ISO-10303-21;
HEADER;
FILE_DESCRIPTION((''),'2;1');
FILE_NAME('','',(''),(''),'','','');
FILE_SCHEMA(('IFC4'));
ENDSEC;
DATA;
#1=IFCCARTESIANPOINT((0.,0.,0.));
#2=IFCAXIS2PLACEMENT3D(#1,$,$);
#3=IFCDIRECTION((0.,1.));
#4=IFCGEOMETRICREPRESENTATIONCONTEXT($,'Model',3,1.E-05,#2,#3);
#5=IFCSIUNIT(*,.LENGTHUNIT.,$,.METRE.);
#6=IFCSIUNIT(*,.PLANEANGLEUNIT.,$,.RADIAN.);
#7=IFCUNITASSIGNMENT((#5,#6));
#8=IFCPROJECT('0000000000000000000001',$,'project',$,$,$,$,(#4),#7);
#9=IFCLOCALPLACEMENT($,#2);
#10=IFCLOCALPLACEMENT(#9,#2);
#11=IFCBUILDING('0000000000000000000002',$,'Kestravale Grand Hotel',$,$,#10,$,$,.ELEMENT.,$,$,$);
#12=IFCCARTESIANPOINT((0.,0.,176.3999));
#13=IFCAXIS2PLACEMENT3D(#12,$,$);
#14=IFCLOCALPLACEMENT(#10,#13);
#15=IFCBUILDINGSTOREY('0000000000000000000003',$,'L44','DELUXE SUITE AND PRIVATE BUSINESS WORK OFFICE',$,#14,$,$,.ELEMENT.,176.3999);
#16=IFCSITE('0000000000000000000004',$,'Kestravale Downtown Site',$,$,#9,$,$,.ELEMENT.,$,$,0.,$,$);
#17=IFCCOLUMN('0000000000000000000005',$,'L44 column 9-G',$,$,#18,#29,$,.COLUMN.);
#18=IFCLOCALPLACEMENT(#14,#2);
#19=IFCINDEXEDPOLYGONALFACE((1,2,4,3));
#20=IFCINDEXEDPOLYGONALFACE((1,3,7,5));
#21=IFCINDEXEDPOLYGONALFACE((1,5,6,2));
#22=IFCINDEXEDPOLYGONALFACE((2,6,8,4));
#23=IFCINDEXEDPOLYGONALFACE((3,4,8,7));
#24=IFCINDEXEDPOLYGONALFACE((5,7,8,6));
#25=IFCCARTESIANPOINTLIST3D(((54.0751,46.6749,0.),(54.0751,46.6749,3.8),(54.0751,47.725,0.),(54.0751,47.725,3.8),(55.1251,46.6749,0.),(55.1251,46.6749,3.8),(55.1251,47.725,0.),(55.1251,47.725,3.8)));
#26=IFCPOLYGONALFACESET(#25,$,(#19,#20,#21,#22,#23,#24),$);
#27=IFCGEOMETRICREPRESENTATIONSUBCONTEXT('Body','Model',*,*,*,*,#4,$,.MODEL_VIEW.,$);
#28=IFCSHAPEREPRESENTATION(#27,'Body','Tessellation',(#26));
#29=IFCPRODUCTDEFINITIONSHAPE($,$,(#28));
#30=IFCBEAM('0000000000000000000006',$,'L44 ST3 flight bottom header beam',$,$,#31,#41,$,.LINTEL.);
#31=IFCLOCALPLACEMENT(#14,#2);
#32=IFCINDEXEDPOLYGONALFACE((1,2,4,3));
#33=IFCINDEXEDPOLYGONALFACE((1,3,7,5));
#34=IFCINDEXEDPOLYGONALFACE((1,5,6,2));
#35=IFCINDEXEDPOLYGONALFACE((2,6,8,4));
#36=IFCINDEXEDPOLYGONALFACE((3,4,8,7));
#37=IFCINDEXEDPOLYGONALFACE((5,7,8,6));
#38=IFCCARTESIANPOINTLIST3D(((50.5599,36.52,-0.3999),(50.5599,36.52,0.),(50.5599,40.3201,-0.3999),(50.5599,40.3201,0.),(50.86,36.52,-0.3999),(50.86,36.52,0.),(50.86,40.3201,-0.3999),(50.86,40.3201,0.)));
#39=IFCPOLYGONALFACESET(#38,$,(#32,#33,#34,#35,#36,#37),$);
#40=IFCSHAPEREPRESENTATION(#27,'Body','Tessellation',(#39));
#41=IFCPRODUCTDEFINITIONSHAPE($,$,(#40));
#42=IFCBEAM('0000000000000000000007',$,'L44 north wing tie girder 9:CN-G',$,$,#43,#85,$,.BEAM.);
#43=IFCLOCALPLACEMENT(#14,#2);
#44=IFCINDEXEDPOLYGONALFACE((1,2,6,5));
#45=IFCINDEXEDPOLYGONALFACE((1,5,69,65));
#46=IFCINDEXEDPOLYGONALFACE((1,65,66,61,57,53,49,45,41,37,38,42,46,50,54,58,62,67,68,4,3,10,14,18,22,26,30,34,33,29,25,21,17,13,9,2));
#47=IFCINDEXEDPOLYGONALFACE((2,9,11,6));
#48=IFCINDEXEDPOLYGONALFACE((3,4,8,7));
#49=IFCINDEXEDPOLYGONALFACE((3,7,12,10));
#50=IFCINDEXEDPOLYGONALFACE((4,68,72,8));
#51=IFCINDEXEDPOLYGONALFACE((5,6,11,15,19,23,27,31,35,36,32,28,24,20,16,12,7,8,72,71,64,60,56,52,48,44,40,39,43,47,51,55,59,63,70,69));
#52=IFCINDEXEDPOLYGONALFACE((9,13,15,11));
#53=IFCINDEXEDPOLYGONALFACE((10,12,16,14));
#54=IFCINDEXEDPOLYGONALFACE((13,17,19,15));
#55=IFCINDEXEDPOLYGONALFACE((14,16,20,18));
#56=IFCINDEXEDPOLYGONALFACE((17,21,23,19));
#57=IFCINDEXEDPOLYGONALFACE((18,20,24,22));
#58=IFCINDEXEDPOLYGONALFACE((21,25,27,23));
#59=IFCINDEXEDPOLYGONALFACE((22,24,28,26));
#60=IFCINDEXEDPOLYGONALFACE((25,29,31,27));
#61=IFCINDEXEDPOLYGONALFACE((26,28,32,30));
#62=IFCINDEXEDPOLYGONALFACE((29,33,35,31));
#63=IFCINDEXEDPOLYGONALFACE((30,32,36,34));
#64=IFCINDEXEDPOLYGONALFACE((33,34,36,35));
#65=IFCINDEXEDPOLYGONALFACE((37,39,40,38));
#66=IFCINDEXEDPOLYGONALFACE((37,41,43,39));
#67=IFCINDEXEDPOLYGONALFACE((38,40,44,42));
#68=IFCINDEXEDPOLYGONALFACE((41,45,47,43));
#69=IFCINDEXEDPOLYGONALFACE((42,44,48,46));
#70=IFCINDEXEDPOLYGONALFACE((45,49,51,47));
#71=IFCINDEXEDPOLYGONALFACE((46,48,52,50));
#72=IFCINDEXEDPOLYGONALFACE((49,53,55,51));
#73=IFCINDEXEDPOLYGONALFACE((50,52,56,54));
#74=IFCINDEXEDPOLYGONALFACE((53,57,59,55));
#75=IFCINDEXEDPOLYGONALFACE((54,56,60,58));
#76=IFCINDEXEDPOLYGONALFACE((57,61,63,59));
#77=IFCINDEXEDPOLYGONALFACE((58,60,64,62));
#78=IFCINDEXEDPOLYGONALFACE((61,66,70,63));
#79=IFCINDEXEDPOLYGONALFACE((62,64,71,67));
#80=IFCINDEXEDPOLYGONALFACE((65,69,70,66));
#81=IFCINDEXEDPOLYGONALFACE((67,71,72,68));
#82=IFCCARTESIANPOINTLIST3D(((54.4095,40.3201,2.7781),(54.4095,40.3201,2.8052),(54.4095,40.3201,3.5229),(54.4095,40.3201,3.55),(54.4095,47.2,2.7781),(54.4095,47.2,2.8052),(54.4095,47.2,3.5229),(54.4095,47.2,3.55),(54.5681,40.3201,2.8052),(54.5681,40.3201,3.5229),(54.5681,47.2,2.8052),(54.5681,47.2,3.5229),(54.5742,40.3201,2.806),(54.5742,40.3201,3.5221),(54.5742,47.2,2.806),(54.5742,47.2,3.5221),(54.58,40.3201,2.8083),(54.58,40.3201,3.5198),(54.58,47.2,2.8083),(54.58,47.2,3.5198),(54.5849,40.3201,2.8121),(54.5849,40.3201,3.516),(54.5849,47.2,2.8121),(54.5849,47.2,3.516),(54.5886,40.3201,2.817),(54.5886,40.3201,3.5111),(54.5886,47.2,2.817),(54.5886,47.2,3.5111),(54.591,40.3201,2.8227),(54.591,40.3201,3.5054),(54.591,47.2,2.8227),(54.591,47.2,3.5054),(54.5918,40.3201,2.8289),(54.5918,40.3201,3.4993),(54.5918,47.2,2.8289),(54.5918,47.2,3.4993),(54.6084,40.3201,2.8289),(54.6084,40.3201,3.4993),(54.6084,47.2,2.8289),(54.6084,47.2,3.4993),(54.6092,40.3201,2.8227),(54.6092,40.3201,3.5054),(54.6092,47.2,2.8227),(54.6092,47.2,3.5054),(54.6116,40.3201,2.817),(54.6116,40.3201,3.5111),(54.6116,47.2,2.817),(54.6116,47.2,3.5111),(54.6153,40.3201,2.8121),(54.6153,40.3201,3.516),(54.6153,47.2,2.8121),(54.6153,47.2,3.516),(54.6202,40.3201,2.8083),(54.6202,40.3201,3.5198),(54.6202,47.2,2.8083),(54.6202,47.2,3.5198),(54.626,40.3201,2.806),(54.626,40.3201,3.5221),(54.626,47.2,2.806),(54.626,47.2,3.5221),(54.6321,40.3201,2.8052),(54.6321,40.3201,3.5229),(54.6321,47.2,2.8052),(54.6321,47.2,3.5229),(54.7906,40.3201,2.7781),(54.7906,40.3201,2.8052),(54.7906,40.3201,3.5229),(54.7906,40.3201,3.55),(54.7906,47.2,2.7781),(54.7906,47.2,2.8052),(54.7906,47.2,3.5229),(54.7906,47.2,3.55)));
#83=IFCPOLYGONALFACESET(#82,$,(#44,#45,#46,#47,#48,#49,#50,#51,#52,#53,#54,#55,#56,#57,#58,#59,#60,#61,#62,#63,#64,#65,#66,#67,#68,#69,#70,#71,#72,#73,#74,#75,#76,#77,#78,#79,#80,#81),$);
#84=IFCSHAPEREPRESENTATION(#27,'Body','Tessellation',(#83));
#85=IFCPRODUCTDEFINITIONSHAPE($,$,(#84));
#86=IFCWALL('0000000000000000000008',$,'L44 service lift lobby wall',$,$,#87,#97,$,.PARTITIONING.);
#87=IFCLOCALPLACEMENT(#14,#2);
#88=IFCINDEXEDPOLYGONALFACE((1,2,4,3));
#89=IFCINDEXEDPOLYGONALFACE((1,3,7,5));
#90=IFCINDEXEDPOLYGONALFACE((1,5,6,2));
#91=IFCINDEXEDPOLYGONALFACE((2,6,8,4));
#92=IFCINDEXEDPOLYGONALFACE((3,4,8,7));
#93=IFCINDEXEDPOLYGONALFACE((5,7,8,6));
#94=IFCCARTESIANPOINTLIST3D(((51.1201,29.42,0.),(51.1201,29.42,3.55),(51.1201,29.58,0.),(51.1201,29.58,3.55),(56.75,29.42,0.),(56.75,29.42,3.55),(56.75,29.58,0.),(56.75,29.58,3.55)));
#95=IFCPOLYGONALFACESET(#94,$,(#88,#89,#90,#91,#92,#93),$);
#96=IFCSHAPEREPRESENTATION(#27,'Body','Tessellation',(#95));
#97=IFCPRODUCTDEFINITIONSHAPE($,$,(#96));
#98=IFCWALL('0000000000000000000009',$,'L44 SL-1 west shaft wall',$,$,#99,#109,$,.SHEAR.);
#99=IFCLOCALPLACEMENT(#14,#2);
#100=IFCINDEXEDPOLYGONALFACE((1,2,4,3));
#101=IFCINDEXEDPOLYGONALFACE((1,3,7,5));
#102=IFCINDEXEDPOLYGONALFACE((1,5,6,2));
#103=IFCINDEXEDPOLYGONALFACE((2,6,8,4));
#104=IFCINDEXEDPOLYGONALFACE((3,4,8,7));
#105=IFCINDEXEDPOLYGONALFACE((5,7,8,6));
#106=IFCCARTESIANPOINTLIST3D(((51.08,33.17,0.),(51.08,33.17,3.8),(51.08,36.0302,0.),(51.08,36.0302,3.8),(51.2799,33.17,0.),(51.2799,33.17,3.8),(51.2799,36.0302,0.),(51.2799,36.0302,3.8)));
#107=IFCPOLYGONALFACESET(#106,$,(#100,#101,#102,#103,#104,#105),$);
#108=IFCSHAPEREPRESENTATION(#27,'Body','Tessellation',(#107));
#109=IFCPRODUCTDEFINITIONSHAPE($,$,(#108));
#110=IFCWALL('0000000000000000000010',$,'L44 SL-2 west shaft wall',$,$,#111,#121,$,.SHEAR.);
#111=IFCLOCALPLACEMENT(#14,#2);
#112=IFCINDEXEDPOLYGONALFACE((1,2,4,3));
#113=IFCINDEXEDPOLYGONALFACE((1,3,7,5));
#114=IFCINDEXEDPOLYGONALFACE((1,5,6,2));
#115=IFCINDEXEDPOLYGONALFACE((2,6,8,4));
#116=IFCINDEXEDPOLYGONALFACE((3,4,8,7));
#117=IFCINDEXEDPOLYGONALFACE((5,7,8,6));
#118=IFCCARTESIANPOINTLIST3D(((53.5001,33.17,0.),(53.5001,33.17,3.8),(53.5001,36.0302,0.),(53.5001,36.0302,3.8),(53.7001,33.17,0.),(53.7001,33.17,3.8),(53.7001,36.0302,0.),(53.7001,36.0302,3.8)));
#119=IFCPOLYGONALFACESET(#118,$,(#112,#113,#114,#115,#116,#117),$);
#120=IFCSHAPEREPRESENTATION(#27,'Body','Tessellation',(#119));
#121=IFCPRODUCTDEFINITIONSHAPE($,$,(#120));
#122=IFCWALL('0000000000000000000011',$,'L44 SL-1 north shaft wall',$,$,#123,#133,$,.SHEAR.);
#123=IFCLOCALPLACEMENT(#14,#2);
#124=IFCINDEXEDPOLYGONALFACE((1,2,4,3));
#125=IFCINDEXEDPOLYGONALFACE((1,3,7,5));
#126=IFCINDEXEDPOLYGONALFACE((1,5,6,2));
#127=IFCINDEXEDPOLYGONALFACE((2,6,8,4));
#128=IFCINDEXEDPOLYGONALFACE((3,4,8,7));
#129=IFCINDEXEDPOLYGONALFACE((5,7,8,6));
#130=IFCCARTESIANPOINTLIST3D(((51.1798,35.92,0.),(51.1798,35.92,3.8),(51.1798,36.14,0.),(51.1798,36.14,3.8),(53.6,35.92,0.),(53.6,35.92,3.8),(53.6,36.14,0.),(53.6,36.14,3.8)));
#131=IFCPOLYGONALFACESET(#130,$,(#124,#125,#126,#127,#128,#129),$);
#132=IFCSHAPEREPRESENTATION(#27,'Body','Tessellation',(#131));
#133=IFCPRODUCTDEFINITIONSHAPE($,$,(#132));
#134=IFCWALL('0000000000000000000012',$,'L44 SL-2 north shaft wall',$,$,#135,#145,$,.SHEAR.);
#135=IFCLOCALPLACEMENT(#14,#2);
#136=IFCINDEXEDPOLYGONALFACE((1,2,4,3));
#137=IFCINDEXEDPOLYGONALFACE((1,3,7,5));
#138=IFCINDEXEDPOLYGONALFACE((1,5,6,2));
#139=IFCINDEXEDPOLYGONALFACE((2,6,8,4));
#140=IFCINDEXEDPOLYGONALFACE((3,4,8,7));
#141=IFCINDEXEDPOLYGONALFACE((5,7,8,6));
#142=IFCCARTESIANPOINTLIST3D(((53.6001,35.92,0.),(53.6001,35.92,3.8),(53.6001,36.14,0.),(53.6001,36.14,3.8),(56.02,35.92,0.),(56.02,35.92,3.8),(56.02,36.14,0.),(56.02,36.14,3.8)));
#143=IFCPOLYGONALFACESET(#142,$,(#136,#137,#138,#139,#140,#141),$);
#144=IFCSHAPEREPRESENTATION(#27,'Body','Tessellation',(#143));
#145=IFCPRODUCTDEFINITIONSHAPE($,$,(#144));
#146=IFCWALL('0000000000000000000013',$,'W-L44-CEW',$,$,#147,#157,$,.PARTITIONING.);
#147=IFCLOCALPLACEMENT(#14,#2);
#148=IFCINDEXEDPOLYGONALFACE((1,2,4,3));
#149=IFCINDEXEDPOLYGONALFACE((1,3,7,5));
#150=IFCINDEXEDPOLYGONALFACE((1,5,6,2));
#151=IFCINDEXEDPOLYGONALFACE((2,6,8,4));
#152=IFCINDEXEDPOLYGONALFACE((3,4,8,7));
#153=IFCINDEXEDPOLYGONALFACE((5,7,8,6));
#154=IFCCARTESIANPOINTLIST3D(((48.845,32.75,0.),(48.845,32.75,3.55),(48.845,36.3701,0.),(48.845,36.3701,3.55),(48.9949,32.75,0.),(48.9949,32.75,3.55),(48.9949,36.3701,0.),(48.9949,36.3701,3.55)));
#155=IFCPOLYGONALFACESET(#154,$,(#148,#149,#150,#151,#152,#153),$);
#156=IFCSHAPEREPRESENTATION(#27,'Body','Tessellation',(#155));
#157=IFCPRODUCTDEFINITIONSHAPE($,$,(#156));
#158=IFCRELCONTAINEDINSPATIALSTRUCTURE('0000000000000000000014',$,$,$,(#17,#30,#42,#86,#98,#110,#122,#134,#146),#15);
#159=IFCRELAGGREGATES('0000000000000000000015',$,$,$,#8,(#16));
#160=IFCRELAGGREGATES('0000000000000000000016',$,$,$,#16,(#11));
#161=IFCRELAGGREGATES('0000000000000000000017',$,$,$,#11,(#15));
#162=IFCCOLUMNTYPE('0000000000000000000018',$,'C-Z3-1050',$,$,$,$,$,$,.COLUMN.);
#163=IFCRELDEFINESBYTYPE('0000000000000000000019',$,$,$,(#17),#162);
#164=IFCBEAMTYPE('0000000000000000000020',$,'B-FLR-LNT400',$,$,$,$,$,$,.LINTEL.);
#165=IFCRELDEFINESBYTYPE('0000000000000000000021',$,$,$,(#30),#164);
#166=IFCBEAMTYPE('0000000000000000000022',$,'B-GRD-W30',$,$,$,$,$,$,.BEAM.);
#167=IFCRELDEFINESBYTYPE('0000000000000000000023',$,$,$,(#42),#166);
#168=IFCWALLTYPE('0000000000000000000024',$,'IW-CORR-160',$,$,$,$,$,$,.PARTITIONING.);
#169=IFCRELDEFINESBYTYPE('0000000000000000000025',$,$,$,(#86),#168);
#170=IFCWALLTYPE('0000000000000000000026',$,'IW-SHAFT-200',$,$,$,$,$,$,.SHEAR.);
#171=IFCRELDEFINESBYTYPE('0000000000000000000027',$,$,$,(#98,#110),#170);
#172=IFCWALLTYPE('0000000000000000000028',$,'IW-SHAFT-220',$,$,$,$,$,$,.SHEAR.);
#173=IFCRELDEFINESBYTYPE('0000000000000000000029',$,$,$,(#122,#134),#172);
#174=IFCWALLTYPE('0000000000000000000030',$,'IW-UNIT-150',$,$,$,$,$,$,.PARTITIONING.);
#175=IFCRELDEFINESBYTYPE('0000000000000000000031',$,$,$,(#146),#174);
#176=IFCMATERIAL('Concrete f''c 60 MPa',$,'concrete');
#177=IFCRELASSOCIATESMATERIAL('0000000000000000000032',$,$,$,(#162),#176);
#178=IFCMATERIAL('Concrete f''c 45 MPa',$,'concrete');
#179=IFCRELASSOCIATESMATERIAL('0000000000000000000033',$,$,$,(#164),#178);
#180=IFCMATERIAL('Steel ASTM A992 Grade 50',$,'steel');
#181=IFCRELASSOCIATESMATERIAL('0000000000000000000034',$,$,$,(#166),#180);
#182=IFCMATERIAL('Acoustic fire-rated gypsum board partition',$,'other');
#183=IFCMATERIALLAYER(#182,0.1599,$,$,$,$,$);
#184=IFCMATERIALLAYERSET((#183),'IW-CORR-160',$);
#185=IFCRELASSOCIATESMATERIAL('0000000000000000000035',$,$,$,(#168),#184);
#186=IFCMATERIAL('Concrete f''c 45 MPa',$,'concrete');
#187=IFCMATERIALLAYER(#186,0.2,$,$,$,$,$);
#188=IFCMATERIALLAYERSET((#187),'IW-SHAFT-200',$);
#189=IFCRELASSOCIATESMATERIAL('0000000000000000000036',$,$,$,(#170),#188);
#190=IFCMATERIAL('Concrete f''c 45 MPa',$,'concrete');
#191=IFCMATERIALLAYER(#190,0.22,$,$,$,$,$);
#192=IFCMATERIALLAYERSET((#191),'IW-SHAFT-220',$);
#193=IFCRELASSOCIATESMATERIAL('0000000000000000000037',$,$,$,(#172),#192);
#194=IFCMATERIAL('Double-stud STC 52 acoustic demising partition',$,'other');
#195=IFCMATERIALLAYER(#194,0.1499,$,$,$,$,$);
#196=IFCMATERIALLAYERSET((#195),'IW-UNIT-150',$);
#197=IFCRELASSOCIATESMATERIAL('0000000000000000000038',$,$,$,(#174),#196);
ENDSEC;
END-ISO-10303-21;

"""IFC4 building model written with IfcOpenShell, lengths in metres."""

from ifc_helpers import new_model, si_unit, direction, frame, frame_2d, origin, origin_2d, place, context, subcontext, project, spatial, rectangle, i_section, extrude, material, layer, layer_set, material_profile, profile_set, type_object, element, save


model = new_model("IFC4")

# Units and contexts
model_context = context("Model", 3, precision=1e-05, world=origin(), true_north=direction((0.0, 1.0)))
body_context = subcontext(model_context, "Body", "Model", "MODEL_VIEW")
ifc_project = project(units=[si_unit("LENGTHUNIT", "METRE"), si_unit("PLANEANGLEUNIT", "RADIAN")], contexts=[model_context])

# Site, building, storey
site_placement = place(None, origin())
site = spatial("IfcSite", under=ifc_project, at=site_placement, Name="Kestravale Downtown Site", CompositionType="ELEMENT", RefElevation=0.0)
building_placement = place(site_placement, origin())
building = spatial("IfcBuilding", under=site, at=building_placement, Name="Kestravale Grand Hotel", CompositionType="ELEMENT")
storey_placement = place(building_placement, frame((0.0, 0.0, 176.3999)))
storey = spatial("IfcBuildingStorey", under=building, at=storey_placement, Name="L44", Description="DELUXE SUITE AND PRIVATE BUSINESS WORK OFFICE", CompositionType="ELEMENT", Elevation=176.3999)

# Column
ifc_material_1 = material(Name="Concrete f'c 60 MPa", Category="concrete")
ifc_material_profile_1 = material_profile(ifc_material_1, rectangle(XDim=1.05, YDim=1.05, at=origin_2d()))
ifc_profile_set_1 = profile_set([ifc_material_profile_1], Name="Concrete f'c 60 MPa")
column_type = type_object("IfcColumnType", Name="C-Z3-1050", PredefinedType="COLUMN", material=ifc_profile_set_1)
column_placement = place(storey_placement, frame((54.6001, 47.2, 0.0), z_axis=(0.0, 0.0, 1.0), x_axis=(1.0, 0.0, 0.0)))
element("IfcColumn", 1, at=column_placement, inside=storey, type_object=column_type, Name="L44 column 9-G", PredefinedType="COLUMN", context=body_context, shape_type="SweptSolid", body=[
    extrude(rectangle(XDim=1.05, YDim=1.05, at=origin_2d()), origin(), (0.0, 0.0, 1.0), 3.8),
])

# Beams
ifc_material_2 = material(Name="Concrete f'c 45 MPa", Category="concrete")
ifc_material_profile_2 = material_profile(ifc_material_2, rectangle(XDim=0.3, YDim=0.3999, at=origin_2d()))
ifc_profile_set_2 = profile_set([ifc_material_profile_2], Name="Concrete f'c 45 MPa")
beam_type_1 = type_object("IfcBeamType", Name="B-FLR-LNT400", PredefinedType="LINTEL", material=ifc_profile_set_2)
beam_1_placement = place(storey_placement, frame((50.71, 36.52, -0.2), z_axis=(0.0, 1.0, 0.0), x_axis=(-1.0, 0.0, 0.0)))
element("IfcBeam", 2, at=beam_1_placement, inside=storey, type_object=beam_type_1, Name="L44 ST3 flight bottom header beam", PredefinedType="LINTEL", context=body_context, shape_type="SweptSolid", body=[
    extrude(rectangle(XDim=0.3, YDim=0.3999, at=origin_2d()), origin(), (0.0, 0.0, 1.0), 3.8),
])
ifc_material_3 = material(Name="Steel ASTM A992 Grade 50", Category="steel")
ifc_material_profile_3 = material_profile(ifc_material_3, i_section(OverallWidth=0.3811, OverallDepth=0.772, WebThickness=0.0166, FlangeThickness=0.0271, FilletRadius=0.0237, at=origin_2d()))
ifc_profile_set_3 = profile_set([ifc_material_profile_3], Name="Steel ASTM A992 Grade 50")
beam_type_2 = type_object("IfcBeamType", Name="B-GRD-W30", PredefinedType="BEAM", material=ifc_profile_set_3)
beam_2_placement = place(storey_placement, frame((54.6001, 40.3201, 3.1641), z_axis=(0.0, 1.0, 0.0), x_axis=(-1.0, 0.0, 0.0)))
element("IfcBeam", 3, at=beam_2_placement, inside=storey, type_object=beam_type_2, Name="L44 north wing tie girder 9:CN-G", PredefinedType="BEAM", context=body_context, shape_type="SweptSolid", body=[
    extrude(i_section(OverallWidth=0.3811, OverallDepth=0.772, WebThickness=0.0166, FlangeThickness=0.0271, FilletRadius=0.0237, at=origin_2d()), origin(), (0.0, 0.0, 1.0), 6.8799),
])

# Shared definitions
ifc_material_4 = material(Name="Acoustic fire-rated gypsum board partition", Category="other")
ifc_layer_1 = layer(ifc_material_4, 0.1599)
ifc_layer_set_1 = layer_set([ifc_layer_1], Name="IW-CORR-160")
wall_type_1 = type_object("IfcWallType", Name="IW-CORR-160", PredefinedType="PARTITIONING", material=ifc_layer_set_1)

# Walls
wall_1_placement = place(storey_placement, frame((51.1201, 29.5, 0.0), z_axis=(0.0, 0.0, 1.0), x_axis=(1.0, 0.0, 0.0)))
element("IfcWall", 4, at=wall_1_placement, inside=storey, type_object=wall_type_1, Name="L44 service lift lobby wall", PredefinedType="PARTITIONING", context=body_context, shape_type="SweptSolid", body=[
    extrude(rectangle(XDim=5.6299, YDim=0.1599, at=frame_2d((2.8149, 0.0))), origin(), (0.0, 0.0, 1.0), 3.55),
])
ifc_material_5 = material(Name="Concrete f'c 45 MPa", Category="concrete")
ifc_layer_2 = layer(ifc_material_5, 0.2)
ifc_layer_set_2 = layer_set([ifc_layer_2], Name="IW-SHAFT-200")
wall_type_2 = type_object("IfcWallType", Name="IW-SHAFT-200", PredefinedType="SHEAR", material=ifc_layer_set_2)
for number, where, z_axis, x_axis, name in (
    (5, (51.1799, 33.1699, 0.0), (0.0, 0.0, 1.0), (0.0, 1.0, 0.0), "L44 SL-1 west shaft wall"),
    (6, (53.6001, 33.1699, 0.0), (0.0, 0.0, 1.0), (0.0, 1.0, 0.0), "L44 SL-2 west shaft wall"),
):
    element("IfcWall", number, at=place(storey_placement, frame(where, z_axis=z_axis, x_axis=x_axis)), inside=storey, type_object=wall_type_2, Name=name, PredefinedType="SHEAR", context=body_context, shape_type="SweptSolid", body=[
        extrude(rectangle(XDim=2.8601, YDim=0.2, at=frame_2d((1.4302, 0.0))), origin(), (0.0, 0.0, 1.0), 3.8),
    ])
ifc_material_6 = material(Name="Concrete f'c 45 MPa", Category="concrete")
ifc_layer_3 = layer(ifc_material_6, 0.22)
ifc_layer_set_3 = layer_set([ifc_layer_3], Name="IW-SHAFT-220")
wall_type_3 = type_object("IfcWallType", Name="IW-SHAFT-220", PredefinedType="SHEAR", material=ifc_layer_set_3)
wall_2_placement = place(storey_placement, frame((51.1799, 36.03, 0.0), z_axis=(0.0, 0.0, 1.0), x_axis=(1.0, 0.0, 0.0)))
element("IfcWall", 7, at=wall_2_placement, inside=storey, type_object=wall_type_3, Name="L44 SL-1 north shaft wall", PredefinedType="SHEAR", context=body_context, shape_type="SweptSolid", body=[
    extrude(rectangle(XDim=2.4202, YDim=0.22, at=frame_2d((1.21, 0.0))), origin(), (0.0, 0.0, 1.0), 3.8),
])

# Wall
wall_3_placement = place(storey_placement, frame((53.6001, 36.03, 0.0), z_axis=(0.0, 0.0, 1.0), x_axis=(1.0, 0.0, 0.0)))
element("IfcWall", 8, at=wall_3_placement, inside=storey, type_object=wall_type_3, Name="L44 SL-2 north shaft wall", PredefinedType="SHEAR", context=body_context, shape_type="SweptSolid", body=[
    extrude(rectangle(XDim=2.4199, YDim=0.22, at=frame_2d((1.21, 0.0))), origin(), (0.0, 0.0, 1.0), 3.8),
])

# Wall
ifc_material_7 = material(Name="Double-stud STC 52 acoustic demising partition", Category="other")
ifc_layer_4 = layer(ifc_material_7, 0.1499)
ifc_layer_set_4 = layer_set([ifc_layer_4], Name="IW-UNIT-150")
wall_type_4 = type_object("IfcWallType", Name="IW-UNIT-150", PredefinedType="PARTITIONING", material=ifc_layer_set_4)
wall_4_placement = place(storey_placement, frame((48.9199, 32.75, 0.0), z_axis=(0.0, 0.0, 1.0), x_axis=(0.0, 1.0, 0.0)))
element("IfcWall", 9, at=wall_4_placement, inside=storey, type_object=wall_type_4, Name="W-L44-CEW", PredefinedType="PARTITIONING", context=body_context, shape_type="SweptSolid", body=[
    extrude(rectangle(XDim=3.6201, YDim=0.1499, at=frame_2d((1.8101, 0.0))), origin(), (0.0, 0.0, 1.0), 3.55),
])

save(model, "model.ifc")
